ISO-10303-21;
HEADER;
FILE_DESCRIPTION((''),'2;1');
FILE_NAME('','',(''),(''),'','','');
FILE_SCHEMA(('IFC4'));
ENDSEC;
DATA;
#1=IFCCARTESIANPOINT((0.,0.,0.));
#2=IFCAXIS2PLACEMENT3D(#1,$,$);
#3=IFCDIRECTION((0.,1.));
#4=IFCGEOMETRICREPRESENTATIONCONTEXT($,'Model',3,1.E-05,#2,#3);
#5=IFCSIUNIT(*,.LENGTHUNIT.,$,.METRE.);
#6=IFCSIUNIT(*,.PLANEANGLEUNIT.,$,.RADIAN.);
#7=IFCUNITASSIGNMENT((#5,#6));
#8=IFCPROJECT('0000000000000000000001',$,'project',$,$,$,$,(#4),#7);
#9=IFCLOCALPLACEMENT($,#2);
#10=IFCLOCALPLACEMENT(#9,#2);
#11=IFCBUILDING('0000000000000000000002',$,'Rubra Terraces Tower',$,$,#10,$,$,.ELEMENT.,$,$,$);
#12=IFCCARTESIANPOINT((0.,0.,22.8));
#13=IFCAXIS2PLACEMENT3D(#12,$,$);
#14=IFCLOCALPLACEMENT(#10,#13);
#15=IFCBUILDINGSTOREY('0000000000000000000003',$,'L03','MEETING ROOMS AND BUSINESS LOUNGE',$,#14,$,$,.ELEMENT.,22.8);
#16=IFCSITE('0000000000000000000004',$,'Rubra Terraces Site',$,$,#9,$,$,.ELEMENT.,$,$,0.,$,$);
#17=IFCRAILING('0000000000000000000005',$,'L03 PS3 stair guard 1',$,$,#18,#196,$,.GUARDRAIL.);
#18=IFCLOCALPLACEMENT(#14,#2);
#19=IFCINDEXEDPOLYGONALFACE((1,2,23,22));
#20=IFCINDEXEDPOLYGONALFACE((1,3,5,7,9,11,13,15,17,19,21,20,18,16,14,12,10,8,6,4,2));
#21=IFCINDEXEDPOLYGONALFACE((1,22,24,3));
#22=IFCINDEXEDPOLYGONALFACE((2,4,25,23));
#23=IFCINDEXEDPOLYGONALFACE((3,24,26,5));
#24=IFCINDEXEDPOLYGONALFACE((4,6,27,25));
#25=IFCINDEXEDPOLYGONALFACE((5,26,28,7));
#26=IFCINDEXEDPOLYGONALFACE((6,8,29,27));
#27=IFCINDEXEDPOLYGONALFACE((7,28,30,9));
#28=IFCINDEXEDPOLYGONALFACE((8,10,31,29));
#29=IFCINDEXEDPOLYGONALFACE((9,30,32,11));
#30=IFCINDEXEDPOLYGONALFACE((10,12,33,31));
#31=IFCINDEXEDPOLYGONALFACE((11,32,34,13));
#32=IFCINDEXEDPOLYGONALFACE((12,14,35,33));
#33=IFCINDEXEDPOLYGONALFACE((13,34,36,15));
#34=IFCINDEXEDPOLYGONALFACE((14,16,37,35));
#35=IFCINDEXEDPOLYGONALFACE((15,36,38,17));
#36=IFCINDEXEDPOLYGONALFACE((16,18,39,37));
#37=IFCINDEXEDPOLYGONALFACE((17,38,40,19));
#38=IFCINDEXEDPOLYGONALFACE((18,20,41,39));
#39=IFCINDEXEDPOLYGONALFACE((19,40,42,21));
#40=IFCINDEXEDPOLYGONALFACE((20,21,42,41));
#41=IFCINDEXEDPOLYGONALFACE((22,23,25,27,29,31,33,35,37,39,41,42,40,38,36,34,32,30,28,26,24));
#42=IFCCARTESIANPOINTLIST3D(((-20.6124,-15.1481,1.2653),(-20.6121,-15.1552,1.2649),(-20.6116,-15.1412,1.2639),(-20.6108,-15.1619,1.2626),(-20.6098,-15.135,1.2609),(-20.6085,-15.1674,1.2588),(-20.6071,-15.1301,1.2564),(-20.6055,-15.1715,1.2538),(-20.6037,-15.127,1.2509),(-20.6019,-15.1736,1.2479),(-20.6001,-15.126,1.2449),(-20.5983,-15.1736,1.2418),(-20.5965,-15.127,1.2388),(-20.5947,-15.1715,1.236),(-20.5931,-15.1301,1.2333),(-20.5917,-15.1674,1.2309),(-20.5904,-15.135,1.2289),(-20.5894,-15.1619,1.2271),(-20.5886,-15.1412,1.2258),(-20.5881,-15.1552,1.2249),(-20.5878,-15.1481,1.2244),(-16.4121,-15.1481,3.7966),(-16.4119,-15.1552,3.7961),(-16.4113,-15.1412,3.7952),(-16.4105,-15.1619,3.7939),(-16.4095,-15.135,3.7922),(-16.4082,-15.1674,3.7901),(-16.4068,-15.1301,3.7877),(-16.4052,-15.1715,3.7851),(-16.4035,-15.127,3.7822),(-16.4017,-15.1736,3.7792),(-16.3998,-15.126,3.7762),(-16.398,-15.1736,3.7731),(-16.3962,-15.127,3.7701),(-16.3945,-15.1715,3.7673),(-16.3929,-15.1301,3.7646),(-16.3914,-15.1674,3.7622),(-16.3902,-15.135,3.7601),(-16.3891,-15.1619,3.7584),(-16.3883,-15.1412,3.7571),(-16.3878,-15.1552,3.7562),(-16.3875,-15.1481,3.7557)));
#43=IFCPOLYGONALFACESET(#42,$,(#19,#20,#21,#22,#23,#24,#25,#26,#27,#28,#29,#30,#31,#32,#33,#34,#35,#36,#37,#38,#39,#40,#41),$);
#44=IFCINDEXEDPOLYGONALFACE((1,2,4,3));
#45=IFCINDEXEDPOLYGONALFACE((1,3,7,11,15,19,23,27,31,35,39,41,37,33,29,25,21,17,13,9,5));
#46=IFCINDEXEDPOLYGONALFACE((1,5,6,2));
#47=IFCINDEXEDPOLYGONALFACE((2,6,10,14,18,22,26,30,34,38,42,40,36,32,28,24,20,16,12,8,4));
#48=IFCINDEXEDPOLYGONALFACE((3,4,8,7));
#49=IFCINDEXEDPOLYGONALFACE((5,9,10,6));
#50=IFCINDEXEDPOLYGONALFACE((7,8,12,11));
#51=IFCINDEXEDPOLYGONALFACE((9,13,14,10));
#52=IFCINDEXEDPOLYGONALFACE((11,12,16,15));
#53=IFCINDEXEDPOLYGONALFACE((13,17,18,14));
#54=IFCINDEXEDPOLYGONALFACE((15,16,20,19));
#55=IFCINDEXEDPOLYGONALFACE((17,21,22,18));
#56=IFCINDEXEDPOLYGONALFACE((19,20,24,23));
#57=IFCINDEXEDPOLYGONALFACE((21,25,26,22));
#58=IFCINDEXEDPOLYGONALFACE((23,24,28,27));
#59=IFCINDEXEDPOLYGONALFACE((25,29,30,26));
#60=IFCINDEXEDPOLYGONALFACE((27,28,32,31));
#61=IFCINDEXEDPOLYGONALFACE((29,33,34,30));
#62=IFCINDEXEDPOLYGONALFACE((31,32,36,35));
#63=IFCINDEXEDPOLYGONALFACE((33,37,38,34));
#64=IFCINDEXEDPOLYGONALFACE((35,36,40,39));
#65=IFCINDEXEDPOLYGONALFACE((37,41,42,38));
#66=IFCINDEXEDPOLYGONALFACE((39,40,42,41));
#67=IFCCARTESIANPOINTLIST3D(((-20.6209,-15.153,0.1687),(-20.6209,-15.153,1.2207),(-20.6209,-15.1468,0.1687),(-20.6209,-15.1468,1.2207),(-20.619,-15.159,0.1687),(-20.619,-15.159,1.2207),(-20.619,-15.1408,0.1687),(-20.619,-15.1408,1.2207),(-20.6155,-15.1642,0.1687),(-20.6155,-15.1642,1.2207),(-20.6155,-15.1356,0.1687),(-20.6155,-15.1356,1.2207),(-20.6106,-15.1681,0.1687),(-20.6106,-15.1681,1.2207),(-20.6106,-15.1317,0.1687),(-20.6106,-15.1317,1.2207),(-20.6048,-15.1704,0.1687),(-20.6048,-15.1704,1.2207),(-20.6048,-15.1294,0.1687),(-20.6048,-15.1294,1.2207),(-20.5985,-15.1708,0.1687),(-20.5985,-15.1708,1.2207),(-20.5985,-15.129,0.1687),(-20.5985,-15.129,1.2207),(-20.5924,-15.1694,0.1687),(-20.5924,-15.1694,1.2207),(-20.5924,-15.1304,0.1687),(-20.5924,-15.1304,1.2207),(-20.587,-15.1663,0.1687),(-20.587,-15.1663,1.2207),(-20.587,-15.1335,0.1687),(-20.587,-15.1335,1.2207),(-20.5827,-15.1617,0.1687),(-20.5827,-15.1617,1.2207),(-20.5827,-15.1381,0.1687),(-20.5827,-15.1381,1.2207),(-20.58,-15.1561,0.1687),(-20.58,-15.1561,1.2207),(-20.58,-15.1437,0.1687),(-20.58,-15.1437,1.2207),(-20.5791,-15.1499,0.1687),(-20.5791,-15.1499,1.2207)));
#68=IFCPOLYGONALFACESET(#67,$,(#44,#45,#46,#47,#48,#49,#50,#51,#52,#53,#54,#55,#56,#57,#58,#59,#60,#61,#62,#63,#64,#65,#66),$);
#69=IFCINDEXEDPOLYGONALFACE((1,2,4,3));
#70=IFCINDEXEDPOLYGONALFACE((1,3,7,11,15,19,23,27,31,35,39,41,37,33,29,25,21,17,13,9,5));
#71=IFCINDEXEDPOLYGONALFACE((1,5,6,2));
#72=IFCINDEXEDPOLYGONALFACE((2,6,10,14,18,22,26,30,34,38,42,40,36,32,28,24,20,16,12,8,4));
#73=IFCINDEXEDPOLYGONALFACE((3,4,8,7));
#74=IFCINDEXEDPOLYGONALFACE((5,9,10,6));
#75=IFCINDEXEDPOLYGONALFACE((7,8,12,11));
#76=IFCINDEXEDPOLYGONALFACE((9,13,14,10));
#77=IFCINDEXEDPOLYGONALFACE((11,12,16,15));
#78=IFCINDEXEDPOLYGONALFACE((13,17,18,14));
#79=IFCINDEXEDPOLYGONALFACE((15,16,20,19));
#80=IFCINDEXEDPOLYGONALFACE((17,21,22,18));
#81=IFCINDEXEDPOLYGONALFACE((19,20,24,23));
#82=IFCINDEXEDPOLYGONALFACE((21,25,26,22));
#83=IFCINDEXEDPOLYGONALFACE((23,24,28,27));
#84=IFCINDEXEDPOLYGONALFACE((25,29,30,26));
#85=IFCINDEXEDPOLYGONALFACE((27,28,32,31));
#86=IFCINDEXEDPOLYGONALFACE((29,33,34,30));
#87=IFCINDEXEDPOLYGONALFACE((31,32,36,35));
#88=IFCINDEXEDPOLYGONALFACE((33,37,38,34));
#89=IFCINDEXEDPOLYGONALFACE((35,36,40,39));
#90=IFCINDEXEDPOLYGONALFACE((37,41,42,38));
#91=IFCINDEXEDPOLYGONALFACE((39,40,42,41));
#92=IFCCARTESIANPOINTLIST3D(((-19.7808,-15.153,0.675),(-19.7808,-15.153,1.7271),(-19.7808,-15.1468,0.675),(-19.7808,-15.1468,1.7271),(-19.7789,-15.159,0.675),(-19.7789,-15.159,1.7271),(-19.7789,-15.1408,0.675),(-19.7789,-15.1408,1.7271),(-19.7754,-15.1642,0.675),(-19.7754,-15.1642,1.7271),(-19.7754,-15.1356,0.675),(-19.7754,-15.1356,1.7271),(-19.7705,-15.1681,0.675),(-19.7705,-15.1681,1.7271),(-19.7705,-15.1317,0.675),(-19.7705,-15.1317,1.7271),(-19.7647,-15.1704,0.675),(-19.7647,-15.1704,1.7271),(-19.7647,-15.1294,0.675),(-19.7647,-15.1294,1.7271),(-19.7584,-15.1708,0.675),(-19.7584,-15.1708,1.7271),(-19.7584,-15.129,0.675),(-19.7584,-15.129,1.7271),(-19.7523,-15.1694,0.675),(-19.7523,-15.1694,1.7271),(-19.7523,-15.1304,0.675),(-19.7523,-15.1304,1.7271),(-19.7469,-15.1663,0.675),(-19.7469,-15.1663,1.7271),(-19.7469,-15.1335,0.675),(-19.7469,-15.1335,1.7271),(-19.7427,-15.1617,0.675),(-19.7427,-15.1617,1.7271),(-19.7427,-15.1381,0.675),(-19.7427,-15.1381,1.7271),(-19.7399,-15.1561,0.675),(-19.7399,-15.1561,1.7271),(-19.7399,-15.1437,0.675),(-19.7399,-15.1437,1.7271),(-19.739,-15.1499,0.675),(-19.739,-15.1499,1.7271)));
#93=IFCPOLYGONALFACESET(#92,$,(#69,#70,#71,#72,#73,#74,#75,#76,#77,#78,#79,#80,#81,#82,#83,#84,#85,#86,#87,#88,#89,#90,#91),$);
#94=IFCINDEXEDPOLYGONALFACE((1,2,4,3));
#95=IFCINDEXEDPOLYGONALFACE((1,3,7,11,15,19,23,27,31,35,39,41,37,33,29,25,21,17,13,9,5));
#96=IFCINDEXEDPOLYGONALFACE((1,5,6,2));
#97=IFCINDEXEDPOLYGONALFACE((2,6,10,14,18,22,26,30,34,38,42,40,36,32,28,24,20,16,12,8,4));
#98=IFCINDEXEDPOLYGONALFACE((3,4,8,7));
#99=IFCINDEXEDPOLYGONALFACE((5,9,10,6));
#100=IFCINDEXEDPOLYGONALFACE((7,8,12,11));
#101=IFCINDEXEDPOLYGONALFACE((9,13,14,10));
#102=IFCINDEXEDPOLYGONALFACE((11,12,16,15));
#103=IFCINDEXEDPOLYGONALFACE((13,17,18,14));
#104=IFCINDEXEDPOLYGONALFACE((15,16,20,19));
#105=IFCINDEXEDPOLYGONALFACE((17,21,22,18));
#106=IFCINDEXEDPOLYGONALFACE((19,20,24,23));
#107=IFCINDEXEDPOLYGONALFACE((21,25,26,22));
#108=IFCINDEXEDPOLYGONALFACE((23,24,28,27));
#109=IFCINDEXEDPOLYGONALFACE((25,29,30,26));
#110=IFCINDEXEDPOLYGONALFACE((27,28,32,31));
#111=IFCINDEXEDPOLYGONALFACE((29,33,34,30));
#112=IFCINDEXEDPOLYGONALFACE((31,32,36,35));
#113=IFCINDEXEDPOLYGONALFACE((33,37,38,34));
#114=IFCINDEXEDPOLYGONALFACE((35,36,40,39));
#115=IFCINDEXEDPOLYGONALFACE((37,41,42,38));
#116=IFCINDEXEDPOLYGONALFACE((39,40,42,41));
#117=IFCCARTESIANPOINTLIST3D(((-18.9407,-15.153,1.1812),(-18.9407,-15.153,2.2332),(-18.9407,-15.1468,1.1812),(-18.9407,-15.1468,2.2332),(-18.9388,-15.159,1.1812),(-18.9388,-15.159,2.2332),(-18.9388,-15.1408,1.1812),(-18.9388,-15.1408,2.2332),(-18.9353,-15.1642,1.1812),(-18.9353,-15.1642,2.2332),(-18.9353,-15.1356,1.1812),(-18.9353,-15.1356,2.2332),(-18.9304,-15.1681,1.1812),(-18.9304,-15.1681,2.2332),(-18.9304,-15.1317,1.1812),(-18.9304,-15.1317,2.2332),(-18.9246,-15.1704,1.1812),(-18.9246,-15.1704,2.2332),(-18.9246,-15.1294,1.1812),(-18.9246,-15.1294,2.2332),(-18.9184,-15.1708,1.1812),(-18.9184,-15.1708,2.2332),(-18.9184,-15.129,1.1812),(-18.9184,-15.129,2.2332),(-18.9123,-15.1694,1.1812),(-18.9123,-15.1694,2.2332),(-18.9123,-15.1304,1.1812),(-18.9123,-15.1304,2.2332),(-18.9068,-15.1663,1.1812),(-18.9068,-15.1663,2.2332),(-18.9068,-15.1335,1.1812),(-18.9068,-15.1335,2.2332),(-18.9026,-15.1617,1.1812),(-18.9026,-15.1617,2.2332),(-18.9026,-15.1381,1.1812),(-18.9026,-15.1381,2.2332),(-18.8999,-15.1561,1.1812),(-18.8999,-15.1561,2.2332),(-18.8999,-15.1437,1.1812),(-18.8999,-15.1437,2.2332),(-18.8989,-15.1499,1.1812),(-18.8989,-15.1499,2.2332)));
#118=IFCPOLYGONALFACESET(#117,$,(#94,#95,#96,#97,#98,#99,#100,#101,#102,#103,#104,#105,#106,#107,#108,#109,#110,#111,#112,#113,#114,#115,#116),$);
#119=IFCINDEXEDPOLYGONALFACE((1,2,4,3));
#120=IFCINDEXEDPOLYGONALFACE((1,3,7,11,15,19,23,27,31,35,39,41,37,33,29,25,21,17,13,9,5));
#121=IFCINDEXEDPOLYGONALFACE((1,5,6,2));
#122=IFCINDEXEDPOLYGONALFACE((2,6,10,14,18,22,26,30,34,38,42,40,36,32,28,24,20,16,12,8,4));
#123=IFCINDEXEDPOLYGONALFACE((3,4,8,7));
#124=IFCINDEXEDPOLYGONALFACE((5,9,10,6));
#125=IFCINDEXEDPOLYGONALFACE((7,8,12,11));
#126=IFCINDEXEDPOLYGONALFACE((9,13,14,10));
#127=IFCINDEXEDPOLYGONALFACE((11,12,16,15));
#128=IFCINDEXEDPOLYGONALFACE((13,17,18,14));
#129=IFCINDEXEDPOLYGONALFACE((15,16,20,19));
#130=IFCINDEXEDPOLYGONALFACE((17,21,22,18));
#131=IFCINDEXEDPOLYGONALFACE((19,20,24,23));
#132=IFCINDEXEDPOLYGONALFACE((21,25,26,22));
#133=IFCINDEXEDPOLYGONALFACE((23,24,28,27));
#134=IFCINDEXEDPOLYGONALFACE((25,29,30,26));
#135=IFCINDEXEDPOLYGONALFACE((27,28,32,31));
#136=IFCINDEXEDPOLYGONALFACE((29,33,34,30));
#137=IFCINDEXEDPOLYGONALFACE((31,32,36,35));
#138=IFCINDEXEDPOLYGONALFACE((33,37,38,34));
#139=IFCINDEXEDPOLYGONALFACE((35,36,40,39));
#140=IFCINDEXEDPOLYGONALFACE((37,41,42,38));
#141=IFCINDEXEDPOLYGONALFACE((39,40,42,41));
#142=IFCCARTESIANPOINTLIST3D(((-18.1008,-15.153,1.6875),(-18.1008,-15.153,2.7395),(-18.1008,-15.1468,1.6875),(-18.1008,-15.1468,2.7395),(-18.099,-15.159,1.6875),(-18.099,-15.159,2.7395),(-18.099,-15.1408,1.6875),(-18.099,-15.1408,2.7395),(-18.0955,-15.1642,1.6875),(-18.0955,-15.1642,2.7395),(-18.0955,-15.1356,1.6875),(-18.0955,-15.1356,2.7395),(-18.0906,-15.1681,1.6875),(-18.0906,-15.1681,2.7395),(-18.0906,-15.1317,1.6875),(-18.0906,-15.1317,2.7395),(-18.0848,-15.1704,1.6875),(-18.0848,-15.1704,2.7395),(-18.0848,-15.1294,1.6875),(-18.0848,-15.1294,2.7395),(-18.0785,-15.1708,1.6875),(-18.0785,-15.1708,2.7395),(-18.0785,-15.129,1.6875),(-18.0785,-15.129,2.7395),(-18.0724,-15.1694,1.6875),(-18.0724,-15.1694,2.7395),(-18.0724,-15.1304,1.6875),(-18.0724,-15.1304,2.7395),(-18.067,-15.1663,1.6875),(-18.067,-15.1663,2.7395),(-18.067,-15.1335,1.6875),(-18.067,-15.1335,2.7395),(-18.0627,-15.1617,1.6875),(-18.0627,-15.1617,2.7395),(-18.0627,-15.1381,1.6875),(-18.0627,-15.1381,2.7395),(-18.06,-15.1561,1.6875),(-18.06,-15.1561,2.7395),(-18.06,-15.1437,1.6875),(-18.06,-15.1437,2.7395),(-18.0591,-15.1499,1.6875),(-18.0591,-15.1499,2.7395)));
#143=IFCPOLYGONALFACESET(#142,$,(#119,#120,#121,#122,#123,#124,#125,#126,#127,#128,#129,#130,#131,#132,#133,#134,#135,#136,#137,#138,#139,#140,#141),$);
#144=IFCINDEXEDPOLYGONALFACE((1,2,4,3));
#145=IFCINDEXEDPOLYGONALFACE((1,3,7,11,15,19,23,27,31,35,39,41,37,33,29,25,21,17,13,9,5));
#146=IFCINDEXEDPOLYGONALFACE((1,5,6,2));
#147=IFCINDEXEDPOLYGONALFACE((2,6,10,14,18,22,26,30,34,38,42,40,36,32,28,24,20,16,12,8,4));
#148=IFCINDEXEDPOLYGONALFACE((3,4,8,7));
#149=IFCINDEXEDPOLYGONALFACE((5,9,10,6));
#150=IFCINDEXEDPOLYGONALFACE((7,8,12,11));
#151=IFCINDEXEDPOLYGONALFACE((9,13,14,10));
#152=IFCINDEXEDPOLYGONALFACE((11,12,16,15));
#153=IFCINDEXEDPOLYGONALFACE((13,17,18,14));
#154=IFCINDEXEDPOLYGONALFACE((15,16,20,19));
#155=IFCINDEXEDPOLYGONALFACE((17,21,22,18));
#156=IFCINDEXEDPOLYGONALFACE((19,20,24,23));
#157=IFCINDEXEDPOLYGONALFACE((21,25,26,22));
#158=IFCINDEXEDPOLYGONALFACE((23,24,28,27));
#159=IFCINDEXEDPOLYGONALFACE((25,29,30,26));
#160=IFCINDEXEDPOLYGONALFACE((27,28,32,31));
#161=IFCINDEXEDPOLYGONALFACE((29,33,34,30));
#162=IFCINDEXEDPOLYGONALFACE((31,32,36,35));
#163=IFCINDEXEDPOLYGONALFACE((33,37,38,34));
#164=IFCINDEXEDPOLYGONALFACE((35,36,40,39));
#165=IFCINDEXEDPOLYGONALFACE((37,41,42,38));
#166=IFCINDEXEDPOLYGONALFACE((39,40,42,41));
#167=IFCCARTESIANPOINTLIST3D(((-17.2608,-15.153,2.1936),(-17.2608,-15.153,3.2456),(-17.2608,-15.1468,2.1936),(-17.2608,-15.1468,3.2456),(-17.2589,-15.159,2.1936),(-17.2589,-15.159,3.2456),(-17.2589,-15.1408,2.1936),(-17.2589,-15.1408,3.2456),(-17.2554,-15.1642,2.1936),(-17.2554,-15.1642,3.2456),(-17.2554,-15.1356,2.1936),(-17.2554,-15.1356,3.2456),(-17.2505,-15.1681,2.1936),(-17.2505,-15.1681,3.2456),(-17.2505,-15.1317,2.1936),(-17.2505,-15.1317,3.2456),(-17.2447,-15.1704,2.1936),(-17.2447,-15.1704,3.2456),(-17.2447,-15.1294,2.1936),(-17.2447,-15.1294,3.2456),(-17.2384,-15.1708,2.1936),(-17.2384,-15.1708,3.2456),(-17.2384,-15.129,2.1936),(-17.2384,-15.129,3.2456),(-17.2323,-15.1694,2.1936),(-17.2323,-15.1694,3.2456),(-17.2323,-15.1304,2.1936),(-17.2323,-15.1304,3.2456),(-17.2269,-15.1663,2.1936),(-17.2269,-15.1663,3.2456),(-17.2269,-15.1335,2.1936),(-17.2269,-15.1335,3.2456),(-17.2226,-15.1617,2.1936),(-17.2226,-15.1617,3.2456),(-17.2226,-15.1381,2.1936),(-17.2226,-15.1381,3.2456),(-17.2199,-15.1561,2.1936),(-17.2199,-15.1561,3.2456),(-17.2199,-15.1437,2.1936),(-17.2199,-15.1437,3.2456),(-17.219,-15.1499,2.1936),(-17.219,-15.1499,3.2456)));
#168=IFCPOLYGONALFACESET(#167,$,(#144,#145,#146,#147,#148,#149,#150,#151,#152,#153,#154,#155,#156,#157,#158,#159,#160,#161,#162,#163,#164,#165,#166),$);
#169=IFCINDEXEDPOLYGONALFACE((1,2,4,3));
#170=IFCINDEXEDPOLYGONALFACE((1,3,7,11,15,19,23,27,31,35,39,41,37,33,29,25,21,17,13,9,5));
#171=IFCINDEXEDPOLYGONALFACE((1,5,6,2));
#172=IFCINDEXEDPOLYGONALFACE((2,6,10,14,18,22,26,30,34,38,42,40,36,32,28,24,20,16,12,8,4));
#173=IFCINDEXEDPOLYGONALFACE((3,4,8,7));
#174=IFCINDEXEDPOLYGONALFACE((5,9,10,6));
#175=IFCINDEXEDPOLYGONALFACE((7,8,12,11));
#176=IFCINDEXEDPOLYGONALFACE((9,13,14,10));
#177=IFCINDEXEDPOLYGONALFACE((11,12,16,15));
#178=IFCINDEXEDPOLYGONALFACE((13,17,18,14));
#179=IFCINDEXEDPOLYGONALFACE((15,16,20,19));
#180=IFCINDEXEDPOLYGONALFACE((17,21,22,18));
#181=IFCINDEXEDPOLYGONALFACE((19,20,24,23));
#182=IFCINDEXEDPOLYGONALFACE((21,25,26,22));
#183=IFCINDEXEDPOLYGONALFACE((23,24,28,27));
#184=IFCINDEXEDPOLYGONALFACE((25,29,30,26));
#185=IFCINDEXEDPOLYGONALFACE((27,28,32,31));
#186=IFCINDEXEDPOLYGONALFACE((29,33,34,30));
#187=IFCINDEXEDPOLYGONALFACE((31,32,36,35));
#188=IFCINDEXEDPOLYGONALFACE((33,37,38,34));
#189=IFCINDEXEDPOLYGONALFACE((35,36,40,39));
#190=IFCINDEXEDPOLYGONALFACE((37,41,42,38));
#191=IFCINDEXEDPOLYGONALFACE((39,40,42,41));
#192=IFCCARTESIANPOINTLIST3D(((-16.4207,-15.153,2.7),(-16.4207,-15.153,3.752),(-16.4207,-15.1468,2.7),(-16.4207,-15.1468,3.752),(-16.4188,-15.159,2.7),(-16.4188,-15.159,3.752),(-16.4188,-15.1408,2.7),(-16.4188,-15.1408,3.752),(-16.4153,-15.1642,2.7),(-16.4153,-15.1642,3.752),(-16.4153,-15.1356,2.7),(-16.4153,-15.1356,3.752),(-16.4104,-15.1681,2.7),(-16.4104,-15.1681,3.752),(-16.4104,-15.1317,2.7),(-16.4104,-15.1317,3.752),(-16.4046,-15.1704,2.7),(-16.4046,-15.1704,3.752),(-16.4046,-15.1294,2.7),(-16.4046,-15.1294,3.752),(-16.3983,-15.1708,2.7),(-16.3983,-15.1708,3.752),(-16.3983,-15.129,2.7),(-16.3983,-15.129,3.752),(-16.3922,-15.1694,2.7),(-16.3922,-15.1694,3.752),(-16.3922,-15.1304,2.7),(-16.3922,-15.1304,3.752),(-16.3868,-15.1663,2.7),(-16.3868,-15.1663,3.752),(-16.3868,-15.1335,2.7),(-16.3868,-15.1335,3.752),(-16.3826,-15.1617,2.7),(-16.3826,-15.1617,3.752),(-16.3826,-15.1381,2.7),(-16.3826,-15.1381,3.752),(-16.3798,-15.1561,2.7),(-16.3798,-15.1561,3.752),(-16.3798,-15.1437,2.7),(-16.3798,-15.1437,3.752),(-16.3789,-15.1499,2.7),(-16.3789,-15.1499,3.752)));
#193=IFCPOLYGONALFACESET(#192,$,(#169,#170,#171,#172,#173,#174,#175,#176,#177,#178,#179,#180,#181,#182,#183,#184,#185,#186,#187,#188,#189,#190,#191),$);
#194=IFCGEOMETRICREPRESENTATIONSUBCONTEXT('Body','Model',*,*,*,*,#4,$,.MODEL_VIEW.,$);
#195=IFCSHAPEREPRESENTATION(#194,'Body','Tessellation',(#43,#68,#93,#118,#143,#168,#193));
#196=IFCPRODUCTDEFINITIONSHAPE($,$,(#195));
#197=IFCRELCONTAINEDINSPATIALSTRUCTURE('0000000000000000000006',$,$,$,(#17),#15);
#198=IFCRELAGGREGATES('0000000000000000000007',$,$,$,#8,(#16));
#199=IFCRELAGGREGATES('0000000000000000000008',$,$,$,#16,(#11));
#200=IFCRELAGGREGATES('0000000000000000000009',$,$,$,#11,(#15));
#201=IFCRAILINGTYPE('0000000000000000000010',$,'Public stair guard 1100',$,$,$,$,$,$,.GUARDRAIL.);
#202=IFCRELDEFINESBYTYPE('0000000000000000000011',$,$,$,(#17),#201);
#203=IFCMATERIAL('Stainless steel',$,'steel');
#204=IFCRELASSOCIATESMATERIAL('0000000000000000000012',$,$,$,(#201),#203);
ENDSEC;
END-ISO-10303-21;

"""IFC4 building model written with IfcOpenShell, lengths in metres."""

from ifc_helpers import new_model, si_unit, direction, frame, origin, origin_2d, place, context, subcontext, project, spatial, circle, extrude, material, type_object, element, save


model = new_model("IFC4")

# Units and contexts
model_context = context("Model", 3, precision=1e-05, world=origin(), true_north=direction((0.0, 1.0)))
body_context = subcontext(model_context, "Body", "Model", "MODEL_VIEW")
ifc_project = project(units=[si_unit("LENGTHUNIT", "METRE"), si_unit("PLANEANGLEUNIT", "RADIAN")], contexts=[model_context])

# Site, building, storey
site_placement = place(None, origin())
site = spatial("IfcSite", under=ifc_project, at=site_placement, Name="Rubra Terraces Site", CompositionType="ELEMENT", RefElevation=0.0)
building_placement = place(site_placement, origin())
building = spatial("IfcBuilding", under=site, at=building_placement, Name="Rubra Terraces Tower", CompositionType="ELEMENT")
storey_placement = place(building_placement, frame((0.0, 0.0, 22.8)))
storey = spatial("IfcBuildingStorey", under=building, at=storey_placement, Name="L03", Description="MEETING ROOMS AND BUSINESS LOUNGE", CompositionType="ELEMENT", Elevation=22.8)

# Railing
ifc_material_1 = material(Name="Stainless steel", Category="steel")
railing_type_1 = type_object("IfcRailingType", Name="Public stair guard 1100", PredefinedType="GUARDRAIL", material=ifc_material_1)
railing_1_placement = place(storey_placement, frame((-20.6001, -15.1499, 0.1687)))
element("IfcRailing", 1, at=railing_1_placement, inside=storey, type_object=railing_type_1, Name="L03 PS3 stair guard 1", PredefinedType="GUARDRAIL", context=body_context, shape_type="SweptSolid", body=[
    extrude(circle(Radius=0.0239, at=origin_2d()), frame((0.0, 0.0, 1.0762), z_axis=(0.85649, 0.0, 0.516164), x_axis=(0.0, 1.0, 0.0)), (0.0, 0.0, 1.0), 4.9041),
    extrude(circle(Radius=0.021, at=origin_2d()), origin(), (0.0, 0.0, 1.0), 1.052),
    extrude(circle(Radius=0.021, at=origin_2d()), frame((0.8401, 0.0, 0.5063)), (0.0, 0.0, 1.0), 1.052),
    extrude(circle(Radius=0.021, at=origin_2d()), frame((1.6802, 0.0, 1.0125)), (0.0, 0.0, 1.0), 1.052),
    extrude(circle(Radius=0.021, at=origin_2d()), frame((2.52, 0.0, 1.5188)), (0.0, 0.0, 1.0), 1.052),
    extrude(circle(Radius=0.021, at=origin_2d()), frame((3.3601, 0.0, 2.0249)), (0.0, 0.0, 1.0), 1.052),
    extrude(circle(Radius=0.021, at=origin_2d()), frame((4.2002, 0.0, 2.5312)), (0.0, 0.0, 1.0), 1.052),
])

save(model, "model.ifc")
